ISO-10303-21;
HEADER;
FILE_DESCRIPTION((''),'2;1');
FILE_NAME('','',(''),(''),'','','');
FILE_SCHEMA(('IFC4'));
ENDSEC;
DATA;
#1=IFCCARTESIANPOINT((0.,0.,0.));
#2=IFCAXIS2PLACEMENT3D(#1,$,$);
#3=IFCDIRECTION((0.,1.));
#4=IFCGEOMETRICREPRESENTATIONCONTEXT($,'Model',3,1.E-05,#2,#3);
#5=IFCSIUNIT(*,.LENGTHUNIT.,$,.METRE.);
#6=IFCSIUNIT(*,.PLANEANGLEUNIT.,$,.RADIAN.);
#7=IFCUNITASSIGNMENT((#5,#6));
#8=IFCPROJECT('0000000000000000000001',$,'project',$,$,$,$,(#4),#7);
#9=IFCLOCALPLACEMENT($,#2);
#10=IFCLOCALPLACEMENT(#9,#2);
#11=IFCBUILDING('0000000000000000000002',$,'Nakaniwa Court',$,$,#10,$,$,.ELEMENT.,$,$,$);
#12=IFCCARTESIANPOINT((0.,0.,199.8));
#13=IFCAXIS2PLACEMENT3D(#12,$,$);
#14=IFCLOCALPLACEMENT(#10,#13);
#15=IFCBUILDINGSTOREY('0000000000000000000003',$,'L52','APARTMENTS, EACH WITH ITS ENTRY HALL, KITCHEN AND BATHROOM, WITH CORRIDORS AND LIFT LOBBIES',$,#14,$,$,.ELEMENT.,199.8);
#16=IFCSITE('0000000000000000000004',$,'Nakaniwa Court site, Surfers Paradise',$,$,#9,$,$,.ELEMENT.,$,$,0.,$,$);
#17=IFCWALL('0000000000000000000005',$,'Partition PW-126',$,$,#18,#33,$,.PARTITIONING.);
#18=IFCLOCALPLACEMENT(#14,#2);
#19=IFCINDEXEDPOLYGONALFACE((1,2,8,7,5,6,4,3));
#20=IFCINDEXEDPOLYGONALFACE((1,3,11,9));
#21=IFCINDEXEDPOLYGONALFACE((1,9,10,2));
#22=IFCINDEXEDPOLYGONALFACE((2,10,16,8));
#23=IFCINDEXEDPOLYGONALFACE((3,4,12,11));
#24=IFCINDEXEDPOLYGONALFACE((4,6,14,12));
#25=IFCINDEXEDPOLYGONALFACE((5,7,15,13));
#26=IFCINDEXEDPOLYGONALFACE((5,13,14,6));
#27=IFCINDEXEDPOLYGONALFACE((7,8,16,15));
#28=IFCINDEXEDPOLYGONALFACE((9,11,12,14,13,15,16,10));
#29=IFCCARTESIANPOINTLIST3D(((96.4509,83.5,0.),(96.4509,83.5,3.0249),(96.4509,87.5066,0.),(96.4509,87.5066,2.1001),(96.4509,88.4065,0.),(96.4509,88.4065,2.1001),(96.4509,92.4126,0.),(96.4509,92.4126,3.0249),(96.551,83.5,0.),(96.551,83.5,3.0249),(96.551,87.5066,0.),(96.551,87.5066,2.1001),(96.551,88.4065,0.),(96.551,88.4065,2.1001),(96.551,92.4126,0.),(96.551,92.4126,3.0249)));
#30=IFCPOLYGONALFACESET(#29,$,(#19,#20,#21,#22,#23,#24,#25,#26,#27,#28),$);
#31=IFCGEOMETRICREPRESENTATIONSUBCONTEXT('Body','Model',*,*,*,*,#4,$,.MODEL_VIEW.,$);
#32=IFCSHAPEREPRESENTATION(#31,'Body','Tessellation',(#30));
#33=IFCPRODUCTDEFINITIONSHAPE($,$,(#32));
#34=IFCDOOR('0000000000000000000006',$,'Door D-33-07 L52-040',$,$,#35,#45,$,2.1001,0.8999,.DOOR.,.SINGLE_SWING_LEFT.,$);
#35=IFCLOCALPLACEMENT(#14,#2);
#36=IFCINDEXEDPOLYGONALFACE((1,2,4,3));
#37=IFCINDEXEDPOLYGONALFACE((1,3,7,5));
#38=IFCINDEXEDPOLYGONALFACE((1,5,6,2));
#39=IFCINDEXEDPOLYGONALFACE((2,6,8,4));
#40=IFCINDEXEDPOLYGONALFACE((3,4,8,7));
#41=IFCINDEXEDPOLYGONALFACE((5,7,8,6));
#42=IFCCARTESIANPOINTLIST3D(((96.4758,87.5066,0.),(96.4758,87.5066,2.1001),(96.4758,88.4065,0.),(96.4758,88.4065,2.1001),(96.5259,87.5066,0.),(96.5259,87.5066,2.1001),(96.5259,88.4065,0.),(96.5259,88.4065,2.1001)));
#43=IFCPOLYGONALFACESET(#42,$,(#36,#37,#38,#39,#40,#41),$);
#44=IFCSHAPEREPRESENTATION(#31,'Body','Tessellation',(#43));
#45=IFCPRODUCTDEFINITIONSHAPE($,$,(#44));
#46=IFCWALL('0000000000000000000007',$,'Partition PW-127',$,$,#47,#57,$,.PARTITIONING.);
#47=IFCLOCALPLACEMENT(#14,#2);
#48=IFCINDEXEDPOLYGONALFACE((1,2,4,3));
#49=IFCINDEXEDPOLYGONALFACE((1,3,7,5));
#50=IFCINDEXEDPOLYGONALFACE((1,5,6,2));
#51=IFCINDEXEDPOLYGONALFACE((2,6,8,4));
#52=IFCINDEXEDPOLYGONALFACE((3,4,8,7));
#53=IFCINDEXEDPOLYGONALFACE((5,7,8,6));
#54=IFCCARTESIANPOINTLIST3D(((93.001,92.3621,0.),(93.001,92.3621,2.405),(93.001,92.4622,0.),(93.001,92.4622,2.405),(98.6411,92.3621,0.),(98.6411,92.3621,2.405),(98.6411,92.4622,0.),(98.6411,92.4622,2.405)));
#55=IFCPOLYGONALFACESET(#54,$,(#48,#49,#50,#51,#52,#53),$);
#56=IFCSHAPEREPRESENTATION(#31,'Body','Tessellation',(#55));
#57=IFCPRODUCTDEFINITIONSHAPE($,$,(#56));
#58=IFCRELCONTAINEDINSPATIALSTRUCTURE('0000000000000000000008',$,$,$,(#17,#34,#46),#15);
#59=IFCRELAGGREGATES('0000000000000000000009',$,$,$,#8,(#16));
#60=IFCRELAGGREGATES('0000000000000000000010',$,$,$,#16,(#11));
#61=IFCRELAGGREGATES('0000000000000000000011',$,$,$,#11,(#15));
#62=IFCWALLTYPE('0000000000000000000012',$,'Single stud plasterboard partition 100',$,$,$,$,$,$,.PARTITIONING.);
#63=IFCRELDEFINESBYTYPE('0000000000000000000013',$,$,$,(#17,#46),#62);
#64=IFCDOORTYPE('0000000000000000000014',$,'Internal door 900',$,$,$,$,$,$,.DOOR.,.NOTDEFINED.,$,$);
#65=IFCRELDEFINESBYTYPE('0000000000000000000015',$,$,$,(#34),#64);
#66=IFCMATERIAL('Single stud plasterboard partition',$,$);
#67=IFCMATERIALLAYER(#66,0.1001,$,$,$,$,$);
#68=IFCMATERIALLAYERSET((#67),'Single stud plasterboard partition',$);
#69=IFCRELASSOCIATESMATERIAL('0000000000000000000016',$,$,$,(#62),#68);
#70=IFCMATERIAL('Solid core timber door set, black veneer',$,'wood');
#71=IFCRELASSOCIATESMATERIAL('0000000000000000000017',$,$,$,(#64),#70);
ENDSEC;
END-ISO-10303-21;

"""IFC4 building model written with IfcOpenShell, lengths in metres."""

from ifc_helpers import new_model, si_unit, direction, frame, frame_2d, origin, place, context, subcontext, project, spatial, rectangle, extrude, material, layer, layer_set, type_object, element, fill, save


model = new_model("IFC4")

# Units and contexts
model_context = context("Model", 3, precision=1e-05, world=origin(), true_north=direction((0.0, 1.0)))
body_context = subcontext(model_context, "Body", "Model", "MODEL_VIEW")
ifc_project = project(units=[si_unit("LENGTHUNIT", "METRE"), si_unit("PLANEANGLEUNIT", "RADIAN")], contexts=[model_context])

# Site, building, storey
site_placement = place(None, origin())
site = spatial("IfcSite", under=ifc_project, at=site_placement, Name="Nakaniwa Court site, Surfers Paradise", CompositionType="ELEMENT", RefElevation=0.0)
building_placement = place(site_placement, origin())
building = spatial("IfcBuilding", under=site, at=building_placement, Name="Nakaniwa Court", CompositionType="ELEMENT")
storey_placement = place(building_placement, frame((0.0, 0.0, 199.8)))
storey = spatial("IfcBuildingStorey", under=building, at=storey_placement, Name="L52", Description="APARTMENTS, EACH WITH ITS ENTRY HALL, KITCHEN AND BATHROOM, WITH CORRIDORS AND LIFT LOBBIES", CompositionType="ELEMENT", Elevation=199.8)

# Shared definitions
ifc_material_1 = material(Name="Solid core timber door set, black veneer", Category="wood")

# Wall, opening, door
ifc_material_2 = material(Name="Single stud plasterboard partition")
ifc_layer_1 = layer(ifc_material_2, 0.1001)
ifc_layer_set_1 = layer_set([ifc_layer_1], Name="Single stud plasterboard partition")
wall_type_1 = type_object("IfcWallType", Name="Single stud plasterboard partition 100", PredefinedType="PARTITIONING", material=ifc_layer_set_1)
wall_1_placement = place(storey_placement, frame((96.501, 92.4126, 0.0), z_axis=(0.0, 0.0, 1.0), x_axis=(0.0, -1.0, 0.0)))
wall_1 = element("IfcWall", 1, at=wall_1_placement, inside=storey, type_object=wall_type_1, Name="Partition PW-126", PredefinedType="PARTITIONING", context=body_context, shape_type="SweptSolid", body=[
    extrude(rectangle(XDim=8.9126, YDim=0.1001, at=frame_2d((4.4563, 0.0))), origin(), (0.0, 0.0, 1.0), 3.0249),
])
opening_1_placement = place(wall_1_placement, frame((4.0061, 0.0, 0.0)))
opening_1 = element("IfcOpeningElement", 2, at=opening_1_placement, cuts=wall_1, PredefinedType="OPENING", context=body_context, shape_type="SweptSolid", body=[
    extrude(rectangle(XDim=0.8999, YDim=2.1001, at=frame_2d((0.45, 1.05))), frame((0.0, 0.0601, 0.0), z_axis=(0.0, -1.0, 0.0), x_axis=(1.0, 0.0, 0.0)), (0.0, 0.0, 1.0), 0.1201),
])
door_type_1 = type_object("IfcDoorType", Name="Internal door 900", OperationType="NOTDEFINED", PredefinedType="DOOR", material=ifc_material_1)
door_1_placement = place(opening_1_placement, origin())
door_1 = element("IfcDoor", 3, at=door_1_placement, inside=storey, type_object=door_type_1, Name="Door D-33-07 L52-040", OperationType="SINGLE_SWING_LEFT", OverallHeight=2.1001, OverallWidth=0.8999, PredefinedType="DOOR", context=body_context, shape_type="SweptSolid", body=[
    extrude(rectangle(XDim=0.8999, YDim=2.1001, at=frame_2d((0.45, 1.05))), frame((0.0, 0.0249, 0.0), z_axis=(0.0, -1.0, 0.0), x_axis=(1.0, 0.0, 0.0)), (0.0, 0.0, 1.0), 0.05),
])
fill(opening_1, door_1)

# Wall
wall_2_placement = place(storey_placement, frame((93.001, 92.4121, 0.0), z_axis=(0.0, 0.0, 1.0), x_axis=(1.0, 0.0, 0.0)))
element("IfcWall", 4, at=wall_2_placement, inside=storey, type_object=wall_type_1, Name="Partition PW-127", PredefinedType="PARTITIONING", context=body_context, shape_type="SweptSolid", body=[
    extrude(rectangle(XDim=5.6401, YDim=0.1001, at=frame_2d((2.8201, 0.0))), origin(), (0.0, 0.0, 1.0), 2.405),
])

save(model, "model.ifc")
